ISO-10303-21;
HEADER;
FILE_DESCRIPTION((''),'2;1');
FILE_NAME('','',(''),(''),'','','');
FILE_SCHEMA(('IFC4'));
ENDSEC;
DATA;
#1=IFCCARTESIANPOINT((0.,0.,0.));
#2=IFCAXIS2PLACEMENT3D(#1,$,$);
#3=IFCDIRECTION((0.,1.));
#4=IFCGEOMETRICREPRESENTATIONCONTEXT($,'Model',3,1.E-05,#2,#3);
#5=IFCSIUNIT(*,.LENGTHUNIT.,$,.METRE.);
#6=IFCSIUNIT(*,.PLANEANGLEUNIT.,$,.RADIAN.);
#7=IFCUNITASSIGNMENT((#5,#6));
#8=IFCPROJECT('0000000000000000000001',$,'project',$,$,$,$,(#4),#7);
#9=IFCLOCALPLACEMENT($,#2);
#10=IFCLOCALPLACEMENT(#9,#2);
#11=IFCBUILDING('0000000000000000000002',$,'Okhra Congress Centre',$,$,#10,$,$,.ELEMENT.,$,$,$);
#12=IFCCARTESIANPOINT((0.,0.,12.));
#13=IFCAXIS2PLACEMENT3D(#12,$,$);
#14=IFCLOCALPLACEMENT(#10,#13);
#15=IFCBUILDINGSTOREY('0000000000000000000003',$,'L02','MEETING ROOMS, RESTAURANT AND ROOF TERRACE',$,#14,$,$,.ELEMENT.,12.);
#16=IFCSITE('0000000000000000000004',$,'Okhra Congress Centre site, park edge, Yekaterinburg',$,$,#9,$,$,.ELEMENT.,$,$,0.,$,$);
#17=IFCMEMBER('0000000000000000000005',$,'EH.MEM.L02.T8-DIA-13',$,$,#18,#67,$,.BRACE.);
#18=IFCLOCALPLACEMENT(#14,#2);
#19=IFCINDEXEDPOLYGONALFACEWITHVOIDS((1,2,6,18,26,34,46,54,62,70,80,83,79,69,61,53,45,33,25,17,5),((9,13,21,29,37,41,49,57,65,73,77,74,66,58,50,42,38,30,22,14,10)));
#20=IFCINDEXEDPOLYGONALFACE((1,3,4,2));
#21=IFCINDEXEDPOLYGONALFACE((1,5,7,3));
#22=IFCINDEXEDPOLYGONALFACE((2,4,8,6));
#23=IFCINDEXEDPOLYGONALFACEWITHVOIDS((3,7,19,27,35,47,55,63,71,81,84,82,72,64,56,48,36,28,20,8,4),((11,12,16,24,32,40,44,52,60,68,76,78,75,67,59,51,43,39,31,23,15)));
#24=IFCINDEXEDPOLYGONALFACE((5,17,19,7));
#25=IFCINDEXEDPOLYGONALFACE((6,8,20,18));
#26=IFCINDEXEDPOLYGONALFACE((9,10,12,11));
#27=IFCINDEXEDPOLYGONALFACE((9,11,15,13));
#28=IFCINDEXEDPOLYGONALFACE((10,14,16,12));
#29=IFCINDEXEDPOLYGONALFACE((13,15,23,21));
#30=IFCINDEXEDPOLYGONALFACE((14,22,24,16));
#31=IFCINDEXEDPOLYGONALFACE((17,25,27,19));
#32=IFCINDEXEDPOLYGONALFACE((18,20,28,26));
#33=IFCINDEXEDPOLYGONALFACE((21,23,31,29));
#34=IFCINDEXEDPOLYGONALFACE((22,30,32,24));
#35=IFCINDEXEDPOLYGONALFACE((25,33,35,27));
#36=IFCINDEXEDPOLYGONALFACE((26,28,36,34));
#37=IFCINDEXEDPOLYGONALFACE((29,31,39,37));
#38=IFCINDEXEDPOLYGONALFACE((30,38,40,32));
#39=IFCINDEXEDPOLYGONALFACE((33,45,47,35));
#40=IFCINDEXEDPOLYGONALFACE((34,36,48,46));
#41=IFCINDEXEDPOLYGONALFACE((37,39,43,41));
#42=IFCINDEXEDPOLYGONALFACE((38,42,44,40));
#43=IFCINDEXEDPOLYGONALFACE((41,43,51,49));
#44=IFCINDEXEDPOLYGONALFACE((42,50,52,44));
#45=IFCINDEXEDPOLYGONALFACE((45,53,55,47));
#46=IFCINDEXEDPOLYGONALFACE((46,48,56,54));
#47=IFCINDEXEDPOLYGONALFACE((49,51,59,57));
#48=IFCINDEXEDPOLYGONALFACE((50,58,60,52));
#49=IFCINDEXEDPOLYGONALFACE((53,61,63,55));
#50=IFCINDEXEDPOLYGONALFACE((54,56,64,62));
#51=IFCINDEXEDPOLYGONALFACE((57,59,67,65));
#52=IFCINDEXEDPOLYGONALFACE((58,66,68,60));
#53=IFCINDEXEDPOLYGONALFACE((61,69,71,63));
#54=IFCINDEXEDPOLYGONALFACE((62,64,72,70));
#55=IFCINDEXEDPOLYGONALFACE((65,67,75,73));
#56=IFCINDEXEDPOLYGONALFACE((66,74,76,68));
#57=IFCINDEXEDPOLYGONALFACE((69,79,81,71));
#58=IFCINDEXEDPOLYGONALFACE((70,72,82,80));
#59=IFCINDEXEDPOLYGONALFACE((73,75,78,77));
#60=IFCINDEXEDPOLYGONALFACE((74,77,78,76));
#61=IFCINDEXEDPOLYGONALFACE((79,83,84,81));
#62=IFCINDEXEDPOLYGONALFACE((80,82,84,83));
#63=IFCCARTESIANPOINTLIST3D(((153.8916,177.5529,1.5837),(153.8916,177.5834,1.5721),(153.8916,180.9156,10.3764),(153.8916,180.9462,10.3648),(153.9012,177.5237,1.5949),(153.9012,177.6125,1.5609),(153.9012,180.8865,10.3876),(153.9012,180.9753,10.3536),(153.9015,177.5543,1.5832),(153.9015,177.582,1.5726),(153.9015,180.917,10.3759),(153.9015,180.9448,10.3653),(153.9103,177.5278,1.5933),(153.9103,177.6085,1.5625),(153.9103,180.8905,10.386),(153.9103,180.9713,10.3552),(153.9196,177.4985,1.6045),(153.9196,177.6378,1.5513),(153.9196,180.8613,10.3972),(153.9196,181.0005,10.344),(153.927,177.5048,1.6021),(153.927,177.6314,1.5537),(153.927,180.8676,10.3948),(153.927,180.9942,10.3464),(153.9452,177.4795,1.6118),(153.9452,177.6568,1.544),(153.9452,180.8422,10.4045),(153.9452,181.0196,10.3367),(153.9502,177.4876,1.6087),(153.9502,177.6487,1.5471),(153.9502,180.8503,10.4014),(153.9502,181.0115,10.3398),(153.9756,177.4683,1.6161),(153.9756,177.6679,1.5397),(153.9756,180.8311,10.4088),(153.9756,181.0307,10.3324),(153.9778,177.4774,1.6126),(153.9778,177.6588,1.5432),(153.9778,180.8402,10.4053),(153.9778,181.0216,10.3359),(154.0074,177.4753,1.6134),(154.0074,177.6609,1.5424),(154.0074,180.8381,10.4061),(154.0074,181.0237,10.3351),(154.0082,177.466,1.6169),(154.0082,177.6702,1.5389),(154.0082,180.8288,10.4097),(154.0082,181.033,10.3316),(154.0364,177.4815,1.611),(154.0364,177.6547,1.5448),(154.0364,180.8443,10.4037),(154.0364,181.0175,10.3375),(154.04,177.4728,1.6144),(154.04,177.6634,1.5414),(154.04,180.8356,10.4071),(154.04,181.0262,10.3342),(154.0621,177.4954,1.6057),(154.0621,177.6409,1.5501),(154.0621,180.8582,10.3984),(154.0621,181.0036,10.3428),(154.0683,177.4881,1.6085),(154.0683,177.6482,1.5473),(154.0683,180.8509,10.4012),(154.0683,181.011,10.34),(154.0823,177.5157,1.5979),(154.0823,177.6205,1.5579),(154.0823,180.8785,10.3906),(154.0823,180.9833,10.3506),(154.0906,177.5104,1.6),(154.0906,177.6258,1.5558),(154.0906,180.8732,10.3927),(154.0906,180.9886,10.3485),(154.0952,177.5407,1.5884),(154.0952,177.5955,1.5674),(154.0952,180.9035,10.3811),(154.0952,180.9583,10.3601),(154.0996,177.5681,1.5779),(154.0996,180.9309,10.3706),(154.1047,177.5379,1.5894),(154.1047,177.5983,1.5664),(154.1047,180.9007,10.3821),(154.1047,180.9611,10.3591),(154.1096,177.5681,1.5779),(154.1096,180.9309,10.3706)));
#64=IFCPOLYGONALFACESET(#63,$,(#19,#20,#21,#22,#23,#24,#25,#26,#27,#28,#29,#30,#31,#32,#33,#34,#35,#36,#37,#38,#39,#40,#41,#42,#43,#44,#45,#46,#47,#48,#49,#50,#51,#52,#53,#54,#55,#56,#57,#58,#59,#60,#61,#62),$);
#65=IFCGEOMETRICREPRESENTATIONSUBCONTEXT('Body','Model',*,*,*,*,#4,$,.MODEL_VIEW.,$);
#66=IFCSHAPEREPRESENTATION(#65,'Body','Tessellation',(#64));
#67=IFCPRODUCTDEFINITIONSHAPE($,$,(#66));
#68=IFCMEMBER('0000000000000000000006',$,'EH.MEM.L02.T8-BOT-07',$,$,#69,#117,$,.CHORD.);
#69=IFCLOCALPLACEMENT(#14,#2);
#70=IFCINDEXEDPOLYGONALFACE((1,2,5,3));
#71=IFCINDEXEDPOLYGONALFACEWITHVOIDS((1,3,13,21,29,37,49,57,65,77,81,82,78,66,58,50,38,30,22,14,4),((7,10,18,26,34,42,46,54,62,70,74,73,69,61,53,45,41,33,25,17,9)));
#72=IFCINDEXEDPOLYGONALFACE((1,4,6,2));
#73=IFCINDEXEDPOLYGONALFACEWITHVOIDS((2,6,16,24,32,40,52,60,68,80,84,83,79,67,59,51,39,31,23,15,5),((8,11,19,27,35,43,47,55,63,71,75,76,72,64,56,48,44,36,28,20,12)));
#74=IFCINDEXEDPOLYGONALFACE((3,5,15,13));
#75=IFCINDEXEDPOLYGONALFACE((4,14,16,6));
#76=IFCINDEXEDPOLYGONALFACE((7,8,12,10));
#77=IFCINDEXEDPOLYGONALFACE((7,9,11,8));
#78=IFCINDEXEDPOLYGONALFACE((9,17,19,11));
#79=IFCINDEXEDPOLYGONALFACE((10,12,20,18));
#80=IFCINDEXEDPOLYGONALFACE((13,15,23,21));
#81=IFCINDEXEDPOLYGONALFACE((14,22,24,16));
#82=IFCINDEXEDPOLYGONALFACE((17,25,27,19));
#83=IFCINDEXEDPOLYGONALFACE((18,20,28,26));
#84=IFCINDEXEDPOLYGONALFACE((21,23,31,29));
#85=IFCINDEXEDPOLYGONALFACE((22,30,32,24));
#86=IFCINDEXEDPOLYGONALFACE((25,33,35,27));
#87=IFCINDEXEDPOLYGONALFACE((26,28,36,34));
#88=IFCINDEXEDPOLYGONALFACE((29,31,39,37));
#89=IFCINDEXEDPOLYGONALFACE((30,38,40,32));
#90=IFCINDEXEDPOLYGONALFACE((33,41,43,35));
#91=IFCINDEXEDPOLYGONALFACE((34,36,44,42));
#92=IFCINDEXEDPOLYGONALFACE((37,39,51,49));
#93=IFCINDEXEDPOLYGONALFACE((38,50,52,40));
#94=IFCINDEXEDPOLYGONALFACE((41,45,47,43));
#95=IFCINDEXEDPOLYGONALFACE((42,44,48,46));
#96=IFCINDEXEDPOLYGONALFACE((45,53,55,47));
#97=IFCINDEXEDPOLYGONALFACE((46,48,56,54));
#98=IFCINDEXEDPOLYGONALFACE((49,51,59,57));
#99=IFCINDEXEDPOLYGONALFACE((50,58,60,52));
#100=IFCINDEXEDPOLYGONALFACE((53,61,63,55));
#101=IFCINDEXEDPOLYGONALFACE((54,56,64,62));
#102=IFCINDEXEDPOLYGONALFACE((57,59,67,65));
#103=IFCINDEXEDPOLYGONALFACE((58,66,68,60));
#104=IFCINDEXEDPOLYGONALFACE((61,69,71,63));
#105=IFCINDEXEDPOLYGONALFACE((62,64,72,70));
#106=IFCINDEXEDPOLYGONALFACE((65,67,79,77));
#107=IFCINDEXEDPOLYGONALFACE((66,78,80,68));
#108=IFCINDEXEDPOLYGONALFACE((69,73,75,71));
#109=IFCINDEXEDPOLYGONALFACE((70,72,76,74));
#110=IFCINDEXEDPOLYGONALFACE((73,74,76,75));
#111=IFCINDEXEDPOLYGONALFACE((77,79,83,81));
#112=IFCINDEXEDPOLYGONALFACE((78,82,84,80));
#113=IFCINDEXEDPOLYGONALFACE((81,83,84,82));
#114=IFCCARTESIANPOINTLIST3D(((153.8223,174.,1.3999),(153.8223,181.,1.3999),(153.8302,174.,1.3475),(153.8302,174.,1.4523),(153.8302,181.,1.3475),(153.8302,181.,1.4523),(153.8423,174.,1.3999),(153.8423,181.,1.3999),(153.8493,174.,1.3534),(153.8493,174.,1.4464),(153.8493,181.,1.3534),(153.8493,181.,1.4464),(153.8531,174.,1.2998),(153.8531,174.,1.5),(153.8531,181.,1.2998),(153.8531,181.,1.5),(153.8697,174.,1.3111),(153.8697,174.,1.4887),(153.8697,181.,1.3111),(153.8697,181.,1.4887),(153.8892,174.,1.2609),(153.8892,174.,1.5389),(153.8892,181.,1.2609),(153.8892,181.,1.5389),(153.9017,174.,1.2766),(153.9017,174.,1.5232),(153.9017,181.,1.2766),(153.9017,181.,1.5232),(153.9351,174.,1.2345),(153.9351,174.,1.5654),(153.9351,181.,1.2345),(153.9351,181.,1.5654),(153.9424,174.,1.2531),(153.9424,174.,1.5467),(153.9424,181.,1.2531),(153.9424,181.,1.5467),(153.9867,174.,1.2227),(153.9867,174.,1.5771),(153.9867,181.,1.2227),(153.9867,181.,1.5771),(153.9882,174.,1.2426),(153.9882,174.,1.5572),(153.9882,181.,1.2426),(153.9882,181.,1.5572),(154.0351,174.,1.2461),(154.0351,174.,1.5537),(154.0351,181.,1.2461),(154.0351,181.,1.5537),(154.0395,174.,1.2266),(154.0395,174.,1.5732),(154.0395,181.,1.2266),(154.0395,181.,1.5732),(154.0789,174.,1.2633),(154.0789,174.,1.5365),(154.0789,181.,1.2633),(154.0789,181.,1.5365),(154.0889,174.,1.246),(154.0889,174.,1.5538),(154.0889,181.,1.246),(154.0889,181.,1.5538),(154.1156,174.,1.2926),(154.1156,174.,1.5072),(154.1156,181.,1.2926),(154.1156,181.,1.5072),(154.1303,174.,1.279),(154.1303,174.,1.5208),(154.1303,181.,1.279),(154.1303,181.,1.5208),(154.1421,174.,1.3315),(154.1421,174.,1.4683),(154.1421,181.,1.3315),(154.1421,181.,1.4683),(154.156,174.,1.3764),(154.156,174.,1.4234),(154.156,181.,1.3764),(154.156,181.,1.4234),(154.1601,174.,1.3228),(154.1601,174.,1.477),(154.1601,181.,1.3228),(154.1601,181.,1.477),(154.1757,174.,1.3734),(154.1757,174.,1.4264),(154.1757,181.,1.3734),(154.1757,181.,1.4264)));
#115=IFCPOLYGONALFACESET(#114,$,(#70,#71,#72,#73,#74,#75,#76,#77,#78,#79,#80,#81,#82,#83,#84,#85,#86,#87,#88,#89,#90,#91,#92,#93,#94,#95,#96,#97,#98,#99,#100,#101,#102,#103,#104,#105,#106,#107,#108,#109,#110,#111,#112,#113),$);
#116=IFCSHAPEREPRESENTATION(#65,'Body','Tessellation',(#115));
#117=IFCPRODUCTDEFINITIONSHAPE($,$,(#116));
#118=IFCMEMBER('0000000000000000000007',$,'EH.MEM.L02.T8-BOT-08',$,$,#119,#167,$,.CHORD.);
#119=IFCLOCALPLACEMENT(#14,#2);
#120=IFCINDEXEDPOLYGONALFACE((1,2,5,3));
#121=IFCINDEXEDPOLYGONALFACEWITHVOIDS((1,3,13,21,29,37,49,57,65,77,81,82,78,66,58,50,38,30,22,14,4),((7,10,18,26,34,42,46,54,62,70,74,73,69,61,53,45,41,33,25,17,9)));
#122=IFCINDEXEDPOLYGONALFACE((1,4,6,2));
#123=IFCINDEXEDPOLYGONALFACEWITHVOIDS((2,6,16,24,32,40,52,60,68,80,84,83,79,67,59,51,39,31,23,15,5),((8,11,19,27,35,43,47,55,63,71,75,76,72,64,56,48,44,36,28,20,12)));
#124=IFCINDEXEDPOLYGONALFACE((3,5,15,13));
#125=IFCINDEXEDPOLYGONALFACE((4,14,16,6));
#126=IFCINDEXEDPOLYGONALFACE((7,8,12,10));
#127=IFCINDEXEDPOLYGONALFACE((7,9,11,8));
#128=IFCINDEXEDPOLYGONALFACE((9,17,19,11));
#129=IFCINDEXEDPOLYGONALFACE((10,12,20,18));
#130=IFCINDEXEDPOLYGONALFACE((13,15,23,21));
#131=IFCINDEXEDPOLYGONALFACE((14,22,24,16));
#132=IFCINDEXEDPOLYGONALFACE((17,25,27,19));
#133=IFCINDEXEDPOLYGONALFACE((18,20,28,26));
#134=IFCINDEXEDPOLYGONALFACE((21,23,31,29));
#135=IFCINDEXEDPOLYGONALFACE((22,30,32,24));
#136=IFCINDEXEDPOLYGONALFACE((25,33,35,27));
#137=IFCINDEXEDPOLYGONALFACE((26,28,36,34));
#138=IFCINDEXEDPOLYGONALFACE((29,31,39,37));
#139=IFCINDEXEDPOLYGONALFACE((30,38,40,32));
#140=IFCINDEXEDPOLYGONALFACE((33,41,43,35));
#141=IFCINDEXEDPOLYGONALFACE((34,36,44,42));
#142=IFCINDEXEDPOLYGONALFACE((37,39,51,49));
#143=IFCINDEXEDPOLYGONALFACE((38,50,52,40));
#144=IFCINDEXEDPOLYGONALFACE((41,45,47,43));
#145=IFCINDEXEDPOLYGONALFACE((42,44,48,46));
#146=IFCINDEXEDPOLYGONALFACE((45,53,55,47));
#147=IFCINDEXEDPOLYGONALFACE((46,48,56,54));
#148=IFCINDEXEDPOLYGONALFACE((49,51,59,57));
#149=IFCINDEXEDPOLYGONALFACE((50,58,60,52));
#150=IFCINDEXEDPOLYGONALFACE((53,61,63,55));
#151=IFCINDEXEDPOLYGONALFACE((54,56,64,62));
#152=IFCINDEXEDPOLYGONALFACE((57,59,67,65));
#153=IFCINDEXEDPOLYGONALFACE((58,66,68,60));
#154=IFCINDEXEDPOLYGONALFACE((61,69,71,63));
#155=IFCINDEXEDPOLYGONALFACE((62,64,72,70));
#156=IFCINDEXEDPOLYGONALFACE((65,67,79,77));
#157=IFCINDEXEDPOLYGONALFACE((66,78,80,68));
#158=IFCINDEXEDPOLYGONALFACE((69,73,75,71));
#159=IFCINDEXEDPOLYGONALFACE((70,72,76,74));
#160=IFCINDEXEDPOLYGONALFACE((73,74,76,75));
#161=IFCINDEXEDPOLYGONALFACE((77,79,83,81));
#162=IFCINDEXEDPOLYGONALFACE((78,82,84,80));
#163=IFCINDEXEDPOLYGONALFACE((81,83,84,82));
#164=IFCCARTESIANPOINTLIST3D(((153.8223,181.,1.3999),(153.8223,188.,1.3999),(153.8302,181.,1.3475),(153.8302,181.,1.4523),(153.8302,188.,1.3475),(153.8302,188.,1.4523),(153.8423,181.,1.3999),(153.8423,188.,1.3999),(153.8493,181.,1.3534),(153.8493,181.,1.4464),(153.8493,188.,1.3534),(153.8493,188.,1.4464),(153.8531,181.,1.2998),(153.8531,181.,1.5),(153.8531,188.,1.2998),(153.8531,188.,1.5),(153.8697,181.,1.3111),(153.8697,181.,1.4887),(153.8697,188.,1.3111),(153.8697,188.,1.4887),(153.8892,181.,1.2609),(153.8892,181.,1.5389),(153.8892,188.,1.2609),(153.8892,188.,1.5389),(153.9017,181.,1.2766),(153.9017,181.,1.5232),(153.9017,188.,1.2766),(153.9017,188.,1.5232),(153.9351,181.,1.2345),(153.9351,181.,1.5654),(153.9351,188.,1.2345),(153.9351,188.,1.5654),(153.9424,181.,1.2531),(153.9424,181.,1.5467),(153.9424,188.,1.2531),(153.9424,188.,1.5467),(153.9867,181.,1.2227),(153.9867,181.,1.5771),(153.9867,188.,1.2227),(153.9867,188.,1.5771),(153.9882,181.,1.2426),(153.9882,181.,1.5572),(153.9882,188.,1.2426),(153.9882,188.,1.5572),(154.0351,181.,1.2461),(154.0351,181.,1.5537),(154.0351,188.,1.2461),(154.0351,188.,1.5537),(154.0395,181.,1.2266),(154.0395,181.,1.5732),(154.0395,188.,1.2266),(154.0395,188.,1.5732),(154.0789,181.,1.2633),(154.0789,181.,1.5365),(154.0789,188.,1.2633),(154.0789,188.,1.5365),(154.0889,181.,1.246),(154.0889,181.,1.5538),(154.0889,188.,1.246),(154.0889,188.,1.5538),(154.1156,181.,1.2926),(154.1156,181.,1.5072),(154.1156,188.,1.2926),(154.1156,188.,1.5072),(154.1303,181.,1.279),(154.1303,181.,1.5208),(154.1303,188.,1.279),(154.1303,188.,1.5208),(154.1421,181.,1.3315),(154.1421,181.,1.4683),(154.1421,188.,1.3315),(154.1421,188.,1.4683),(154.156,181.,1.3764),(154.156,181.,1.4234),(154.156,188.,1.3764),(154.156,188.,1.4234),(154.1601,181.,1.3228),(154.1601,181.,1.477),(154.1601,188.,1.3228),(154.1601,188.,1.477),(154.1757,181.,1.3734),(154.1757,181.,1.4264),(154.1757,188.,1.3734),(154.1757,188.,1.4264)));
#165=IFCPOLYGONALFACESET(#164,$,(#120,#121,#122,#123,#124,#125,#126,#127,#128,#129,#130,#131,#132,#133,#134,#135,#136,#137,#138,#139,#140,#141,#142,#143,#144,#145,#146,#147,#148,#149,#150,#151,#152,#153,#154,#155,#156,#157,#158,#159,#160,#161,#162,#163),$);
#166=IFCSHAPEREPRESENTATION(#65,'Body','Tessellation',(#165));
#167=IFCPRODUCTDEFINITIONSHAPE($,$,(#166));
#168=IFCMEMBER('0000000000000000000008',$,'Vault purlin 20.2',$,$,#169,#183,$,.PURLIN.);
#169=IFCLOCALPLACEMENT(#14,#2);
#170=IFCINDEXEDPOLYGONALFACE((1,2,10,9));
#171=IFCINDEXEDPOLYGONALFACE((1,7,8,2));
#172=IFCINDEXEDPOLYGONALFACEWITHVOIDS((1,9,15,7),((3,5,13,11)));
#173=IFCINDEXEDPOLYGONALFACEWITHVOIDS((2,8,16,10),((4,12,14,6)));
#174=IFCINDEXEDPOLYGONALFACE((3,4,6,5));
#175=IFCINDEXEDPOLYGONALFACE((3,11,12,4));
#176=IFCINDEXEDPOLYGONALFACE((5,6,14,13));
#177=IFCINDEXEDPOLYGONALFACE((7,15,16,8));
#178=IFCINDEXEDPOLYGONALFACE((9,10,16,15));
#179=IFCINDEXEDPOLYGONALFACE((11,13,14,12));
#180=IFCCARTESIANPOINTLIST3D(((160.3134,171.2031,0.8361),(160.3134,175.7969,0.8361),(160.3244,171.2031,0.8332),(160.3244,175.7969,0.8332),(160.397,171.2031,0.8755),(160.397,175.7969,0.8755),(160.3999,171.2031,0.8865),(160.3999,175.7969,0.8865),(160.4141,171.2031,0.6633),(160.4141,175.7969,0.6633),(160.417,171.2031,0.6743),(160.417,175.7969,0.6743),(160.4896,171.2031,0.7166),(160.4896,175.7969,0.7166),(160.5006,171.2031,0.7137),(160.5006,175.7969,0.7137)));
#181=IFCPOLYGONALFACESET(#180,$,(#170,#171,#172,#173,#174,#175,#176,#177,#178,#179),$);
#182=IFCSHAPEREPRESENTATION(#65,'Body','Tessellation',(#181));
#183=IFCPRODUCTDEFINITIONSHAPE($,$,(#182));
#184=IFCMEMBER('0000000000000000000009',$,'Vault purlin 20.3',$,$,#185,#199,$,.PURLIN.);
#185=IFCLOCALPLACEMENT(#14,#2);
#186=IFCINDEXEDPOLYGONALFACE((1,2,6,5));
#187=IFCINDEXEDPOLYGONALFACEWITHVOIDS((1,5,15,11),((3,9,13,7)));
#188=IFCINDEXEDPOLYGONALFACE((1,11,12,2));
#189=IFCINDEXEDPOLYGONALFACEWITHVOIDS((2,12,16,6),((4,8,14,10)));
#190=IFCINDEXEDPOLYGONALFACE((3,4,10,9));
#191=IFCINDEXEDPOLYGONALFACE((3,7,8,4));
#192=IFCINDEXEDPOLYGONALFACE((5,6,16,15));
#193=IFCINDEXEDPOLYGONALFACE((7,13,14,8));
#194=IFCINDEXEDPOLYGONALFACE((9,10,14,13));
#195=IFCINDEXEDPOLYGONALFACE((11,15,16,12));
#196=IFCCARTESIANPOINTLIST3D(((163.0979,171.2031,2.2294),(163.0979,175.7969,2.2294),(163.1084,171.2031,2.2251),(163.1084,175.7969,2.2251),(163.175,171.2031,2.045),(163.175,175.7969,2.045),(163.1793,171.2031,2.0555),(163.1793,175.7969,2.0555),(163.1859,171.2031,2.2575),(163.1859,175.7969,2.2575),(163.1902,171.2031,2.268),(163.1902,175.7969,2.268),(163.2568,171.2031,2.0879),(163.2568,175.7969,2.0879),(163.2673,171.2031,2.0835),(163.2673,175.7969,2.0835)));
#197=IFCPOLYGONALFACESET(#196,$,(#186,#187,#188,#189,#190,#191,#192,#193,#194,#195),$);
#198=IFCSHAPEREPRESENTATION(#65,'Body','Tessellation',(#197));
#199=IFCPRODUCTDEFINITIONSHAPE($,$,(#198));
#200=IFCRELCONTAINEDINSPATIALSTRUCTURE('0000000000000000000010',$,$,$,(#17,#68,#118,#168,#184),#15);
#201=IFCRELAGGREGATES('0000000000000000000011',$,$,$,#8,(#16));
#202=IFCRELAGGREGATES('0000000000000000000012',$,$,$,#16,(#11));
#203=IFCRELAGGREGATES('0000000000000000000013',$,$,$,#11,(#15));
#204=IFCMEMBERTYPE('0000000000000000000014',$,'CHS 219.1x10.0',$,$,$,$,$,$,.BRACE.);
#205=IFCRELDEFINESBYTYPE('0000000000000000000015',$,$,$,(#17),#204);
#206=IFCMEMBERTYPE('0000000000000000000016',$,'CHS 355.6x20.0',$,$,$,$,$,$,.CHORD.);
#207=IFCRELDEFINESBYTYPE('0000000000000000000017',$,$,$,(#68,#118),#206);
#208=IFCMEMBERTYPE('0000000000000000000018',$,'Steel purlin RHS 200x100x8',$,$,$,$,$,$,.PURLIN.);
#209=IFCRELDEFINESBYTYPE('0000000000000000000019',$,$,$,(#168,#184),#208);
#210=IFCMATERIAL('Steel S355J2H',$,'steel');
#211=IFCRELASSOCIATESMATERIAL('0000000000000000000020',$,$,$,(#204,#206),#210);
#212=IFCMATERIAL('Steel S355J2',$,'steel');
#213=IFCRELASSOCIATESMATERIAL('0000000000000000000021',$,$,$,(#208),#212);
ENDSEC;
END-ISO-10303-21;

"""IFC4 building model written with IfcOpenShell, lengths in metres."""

from ifc_helpers import new_model, si_unit, direction, frame, origin, origin_2d, place, context, subcontext, project, spatial, hollow_rectangle, hollow_circle, extrude, material, material_profile, profile_set, type_object, element, save


model = new_model("IFC4")

# Units and contexts
model_context = context("Model", 3, precision=1e-05, world=origin(), true_north=direction((0.0, 1.0)))
body_context = subcontext(model_context, "Body", "Model", "MODEL_VIEW")
ifc_project = project(units=[si_unit("LENGTHUNIT", "METRE"), si_unit("PLANEANGLEUNIT", "RADIAN")], contexts=[model_context])

# Site, building, storey
site_placement = place(None, origin())
site = spatial("IfcSite", under=ifc_project, at=site_placement, Name="Okhra Congress Centre site, park edge, Yekaterinburg", CompositionType="ELEMENT", RefElevation=0.0)
building_placement = place(site_placement, origin())
building = spatial("IfcBuilding", under=site, at=building_placement, Name="Okhra Congress Centre", CompositionType="ELEMENT")
storey_placement = place(building_placement, frame((0.0, 0.0, 12.0)))
storey = spatial("IfcBuildingStorey", under=building, at=storey_placement, Name="L02", Description="MEETING ROOMS, RESTAURANT AND ROOF TERRACE", CompositionType="ELEMENT", Elevation=12.0)

# Members
ifc_material_1 = material(Name="Steel S355J2H", Category="steel")
ifc_material_profile_1 = material_profile(ifc_material_1, hollow_circle(Radius=0.1096, WallThickness=0.01, at=origin_2d()), Name="CHS 219.1x10.0")
ifc_profile_set_1 = profile_set([ifc_material_profile_1], Name="Steel S355J2H")
member_type_1 = type_object("IfcMemberType", Name="CHS 219.1x10.0", PredefinedType="BRACE", material=ifc_profile_set_1)
member_1_placement = place(storey_placement, frame((154.0, 180.9309, 10.3706), z_axis=(0.0, -0.357218, -0.934021), x_axis=(1.0, 0.0, 0.0)))
element("IfcMember", 1, at=member_1_placement, inside=storey, type_object=member_type_1, Name="EH.MEM.L02.T8-DIA-13", PredefinedType="BRACE", context=body_context, shape_type="SweptSolid", body=[
    extrude(hollow_circle(Radius=0.1096, WallThickness=0.01, at=origin_2d()), origin(), (0.0, 0.0, 1.0), 9.4138),
])
ifc_material_profile_2 = material_profile(ifc_material_1, hollow_circle(Radius=0.1777, WallThickness=0.02, at=origin_2d()), Name="CHS 355.6x20.0")
ifc_profile_set_2 = profile_set([ifc_material_profile_2], Name="Steel S355J2H")
member_type_2 = type_object("IfcMemberType", Name="CHS 355.6x20.0", PredefinedType="CHORD", material=ifc_profile_set_2)
for number, where, z_axis, x_axis, name in (
    (2, (154.0, 174.0, 1.3999), (0.0, 1.0, 0.0), (-1.0, 0.0, 0.0), "EH.MEM.L02.T8-BOT-07"),
    (3, (154.0, 181.0, 1.3999), (0.0, 1.0, 0.0), (-1.0, 0.0, 0.0), "EH.MEM.L02.T8-BOT-08"),
):
    element("IfcMember", number, at=place(storey_placement, frame(where, z_axis=z_axis, x_axis=x_axis)), inside=storey, type_object=member_type_2, Name=name, PredefinedType="CHORD", context=body_context, shape_type="SweptSolid", body=[
        extrude(hollow_circle(Radius=0.1777, WallThickness=0.02, at=origin_2d()), origin(), (0.0, 0.0, 1.0), 7.0),
    ])
ifc_material_2 = material(Name="Steel S355J2", Category="steel")
ifc_material_profile_3 = material_profile(ifc_material_2, hollow_rectangle(XDim=0.1001, YDim=0.2, WallThickness=0.0081, at=origin_2d()), Name="RHS 200x100x8")
ifc_profile_set_3 = profile_set([ifc_material_profile_3], Name="Steel S355J2")
member_type_3 = type_object("IfcMemberType", Name="Steel purlin RHS 200x100x8", PredefinedType="PURLIN", material=ifc_profile_set_3)
for number, where, z_axis, x_axis, name in (
    (4, (160.407, 171.2031, 0.7749), (0.0, 1.0, 0.0), (-0.863917, 0.0, -0.503634), "Vault purlin 20.2"),
    (5, (163.1826, 171.2031, 2.1565), (0.0, 1.0, 0.0), (-0.922669, 0.0, -0.385593), "Vault purlin 20.3"),
):
    element("IfcMember", number, at=place(storey_placement, frame(where, z_axis=z_axis, x_axis=x_axis)), inside=storey, type_object=member_type_3, Name=name, PredefinedType="PURLIN", context=body_context, shape_type="SweptSolid", body=[
        extrude(hollow_rectangle(XDim=0.1001, YDim=0.2, WallThickness=0.0081, at=origin_2d()), origin(), (0.0, 0.0, 1.0), 4.5938),
    ])

save(model, "model.ifc")
